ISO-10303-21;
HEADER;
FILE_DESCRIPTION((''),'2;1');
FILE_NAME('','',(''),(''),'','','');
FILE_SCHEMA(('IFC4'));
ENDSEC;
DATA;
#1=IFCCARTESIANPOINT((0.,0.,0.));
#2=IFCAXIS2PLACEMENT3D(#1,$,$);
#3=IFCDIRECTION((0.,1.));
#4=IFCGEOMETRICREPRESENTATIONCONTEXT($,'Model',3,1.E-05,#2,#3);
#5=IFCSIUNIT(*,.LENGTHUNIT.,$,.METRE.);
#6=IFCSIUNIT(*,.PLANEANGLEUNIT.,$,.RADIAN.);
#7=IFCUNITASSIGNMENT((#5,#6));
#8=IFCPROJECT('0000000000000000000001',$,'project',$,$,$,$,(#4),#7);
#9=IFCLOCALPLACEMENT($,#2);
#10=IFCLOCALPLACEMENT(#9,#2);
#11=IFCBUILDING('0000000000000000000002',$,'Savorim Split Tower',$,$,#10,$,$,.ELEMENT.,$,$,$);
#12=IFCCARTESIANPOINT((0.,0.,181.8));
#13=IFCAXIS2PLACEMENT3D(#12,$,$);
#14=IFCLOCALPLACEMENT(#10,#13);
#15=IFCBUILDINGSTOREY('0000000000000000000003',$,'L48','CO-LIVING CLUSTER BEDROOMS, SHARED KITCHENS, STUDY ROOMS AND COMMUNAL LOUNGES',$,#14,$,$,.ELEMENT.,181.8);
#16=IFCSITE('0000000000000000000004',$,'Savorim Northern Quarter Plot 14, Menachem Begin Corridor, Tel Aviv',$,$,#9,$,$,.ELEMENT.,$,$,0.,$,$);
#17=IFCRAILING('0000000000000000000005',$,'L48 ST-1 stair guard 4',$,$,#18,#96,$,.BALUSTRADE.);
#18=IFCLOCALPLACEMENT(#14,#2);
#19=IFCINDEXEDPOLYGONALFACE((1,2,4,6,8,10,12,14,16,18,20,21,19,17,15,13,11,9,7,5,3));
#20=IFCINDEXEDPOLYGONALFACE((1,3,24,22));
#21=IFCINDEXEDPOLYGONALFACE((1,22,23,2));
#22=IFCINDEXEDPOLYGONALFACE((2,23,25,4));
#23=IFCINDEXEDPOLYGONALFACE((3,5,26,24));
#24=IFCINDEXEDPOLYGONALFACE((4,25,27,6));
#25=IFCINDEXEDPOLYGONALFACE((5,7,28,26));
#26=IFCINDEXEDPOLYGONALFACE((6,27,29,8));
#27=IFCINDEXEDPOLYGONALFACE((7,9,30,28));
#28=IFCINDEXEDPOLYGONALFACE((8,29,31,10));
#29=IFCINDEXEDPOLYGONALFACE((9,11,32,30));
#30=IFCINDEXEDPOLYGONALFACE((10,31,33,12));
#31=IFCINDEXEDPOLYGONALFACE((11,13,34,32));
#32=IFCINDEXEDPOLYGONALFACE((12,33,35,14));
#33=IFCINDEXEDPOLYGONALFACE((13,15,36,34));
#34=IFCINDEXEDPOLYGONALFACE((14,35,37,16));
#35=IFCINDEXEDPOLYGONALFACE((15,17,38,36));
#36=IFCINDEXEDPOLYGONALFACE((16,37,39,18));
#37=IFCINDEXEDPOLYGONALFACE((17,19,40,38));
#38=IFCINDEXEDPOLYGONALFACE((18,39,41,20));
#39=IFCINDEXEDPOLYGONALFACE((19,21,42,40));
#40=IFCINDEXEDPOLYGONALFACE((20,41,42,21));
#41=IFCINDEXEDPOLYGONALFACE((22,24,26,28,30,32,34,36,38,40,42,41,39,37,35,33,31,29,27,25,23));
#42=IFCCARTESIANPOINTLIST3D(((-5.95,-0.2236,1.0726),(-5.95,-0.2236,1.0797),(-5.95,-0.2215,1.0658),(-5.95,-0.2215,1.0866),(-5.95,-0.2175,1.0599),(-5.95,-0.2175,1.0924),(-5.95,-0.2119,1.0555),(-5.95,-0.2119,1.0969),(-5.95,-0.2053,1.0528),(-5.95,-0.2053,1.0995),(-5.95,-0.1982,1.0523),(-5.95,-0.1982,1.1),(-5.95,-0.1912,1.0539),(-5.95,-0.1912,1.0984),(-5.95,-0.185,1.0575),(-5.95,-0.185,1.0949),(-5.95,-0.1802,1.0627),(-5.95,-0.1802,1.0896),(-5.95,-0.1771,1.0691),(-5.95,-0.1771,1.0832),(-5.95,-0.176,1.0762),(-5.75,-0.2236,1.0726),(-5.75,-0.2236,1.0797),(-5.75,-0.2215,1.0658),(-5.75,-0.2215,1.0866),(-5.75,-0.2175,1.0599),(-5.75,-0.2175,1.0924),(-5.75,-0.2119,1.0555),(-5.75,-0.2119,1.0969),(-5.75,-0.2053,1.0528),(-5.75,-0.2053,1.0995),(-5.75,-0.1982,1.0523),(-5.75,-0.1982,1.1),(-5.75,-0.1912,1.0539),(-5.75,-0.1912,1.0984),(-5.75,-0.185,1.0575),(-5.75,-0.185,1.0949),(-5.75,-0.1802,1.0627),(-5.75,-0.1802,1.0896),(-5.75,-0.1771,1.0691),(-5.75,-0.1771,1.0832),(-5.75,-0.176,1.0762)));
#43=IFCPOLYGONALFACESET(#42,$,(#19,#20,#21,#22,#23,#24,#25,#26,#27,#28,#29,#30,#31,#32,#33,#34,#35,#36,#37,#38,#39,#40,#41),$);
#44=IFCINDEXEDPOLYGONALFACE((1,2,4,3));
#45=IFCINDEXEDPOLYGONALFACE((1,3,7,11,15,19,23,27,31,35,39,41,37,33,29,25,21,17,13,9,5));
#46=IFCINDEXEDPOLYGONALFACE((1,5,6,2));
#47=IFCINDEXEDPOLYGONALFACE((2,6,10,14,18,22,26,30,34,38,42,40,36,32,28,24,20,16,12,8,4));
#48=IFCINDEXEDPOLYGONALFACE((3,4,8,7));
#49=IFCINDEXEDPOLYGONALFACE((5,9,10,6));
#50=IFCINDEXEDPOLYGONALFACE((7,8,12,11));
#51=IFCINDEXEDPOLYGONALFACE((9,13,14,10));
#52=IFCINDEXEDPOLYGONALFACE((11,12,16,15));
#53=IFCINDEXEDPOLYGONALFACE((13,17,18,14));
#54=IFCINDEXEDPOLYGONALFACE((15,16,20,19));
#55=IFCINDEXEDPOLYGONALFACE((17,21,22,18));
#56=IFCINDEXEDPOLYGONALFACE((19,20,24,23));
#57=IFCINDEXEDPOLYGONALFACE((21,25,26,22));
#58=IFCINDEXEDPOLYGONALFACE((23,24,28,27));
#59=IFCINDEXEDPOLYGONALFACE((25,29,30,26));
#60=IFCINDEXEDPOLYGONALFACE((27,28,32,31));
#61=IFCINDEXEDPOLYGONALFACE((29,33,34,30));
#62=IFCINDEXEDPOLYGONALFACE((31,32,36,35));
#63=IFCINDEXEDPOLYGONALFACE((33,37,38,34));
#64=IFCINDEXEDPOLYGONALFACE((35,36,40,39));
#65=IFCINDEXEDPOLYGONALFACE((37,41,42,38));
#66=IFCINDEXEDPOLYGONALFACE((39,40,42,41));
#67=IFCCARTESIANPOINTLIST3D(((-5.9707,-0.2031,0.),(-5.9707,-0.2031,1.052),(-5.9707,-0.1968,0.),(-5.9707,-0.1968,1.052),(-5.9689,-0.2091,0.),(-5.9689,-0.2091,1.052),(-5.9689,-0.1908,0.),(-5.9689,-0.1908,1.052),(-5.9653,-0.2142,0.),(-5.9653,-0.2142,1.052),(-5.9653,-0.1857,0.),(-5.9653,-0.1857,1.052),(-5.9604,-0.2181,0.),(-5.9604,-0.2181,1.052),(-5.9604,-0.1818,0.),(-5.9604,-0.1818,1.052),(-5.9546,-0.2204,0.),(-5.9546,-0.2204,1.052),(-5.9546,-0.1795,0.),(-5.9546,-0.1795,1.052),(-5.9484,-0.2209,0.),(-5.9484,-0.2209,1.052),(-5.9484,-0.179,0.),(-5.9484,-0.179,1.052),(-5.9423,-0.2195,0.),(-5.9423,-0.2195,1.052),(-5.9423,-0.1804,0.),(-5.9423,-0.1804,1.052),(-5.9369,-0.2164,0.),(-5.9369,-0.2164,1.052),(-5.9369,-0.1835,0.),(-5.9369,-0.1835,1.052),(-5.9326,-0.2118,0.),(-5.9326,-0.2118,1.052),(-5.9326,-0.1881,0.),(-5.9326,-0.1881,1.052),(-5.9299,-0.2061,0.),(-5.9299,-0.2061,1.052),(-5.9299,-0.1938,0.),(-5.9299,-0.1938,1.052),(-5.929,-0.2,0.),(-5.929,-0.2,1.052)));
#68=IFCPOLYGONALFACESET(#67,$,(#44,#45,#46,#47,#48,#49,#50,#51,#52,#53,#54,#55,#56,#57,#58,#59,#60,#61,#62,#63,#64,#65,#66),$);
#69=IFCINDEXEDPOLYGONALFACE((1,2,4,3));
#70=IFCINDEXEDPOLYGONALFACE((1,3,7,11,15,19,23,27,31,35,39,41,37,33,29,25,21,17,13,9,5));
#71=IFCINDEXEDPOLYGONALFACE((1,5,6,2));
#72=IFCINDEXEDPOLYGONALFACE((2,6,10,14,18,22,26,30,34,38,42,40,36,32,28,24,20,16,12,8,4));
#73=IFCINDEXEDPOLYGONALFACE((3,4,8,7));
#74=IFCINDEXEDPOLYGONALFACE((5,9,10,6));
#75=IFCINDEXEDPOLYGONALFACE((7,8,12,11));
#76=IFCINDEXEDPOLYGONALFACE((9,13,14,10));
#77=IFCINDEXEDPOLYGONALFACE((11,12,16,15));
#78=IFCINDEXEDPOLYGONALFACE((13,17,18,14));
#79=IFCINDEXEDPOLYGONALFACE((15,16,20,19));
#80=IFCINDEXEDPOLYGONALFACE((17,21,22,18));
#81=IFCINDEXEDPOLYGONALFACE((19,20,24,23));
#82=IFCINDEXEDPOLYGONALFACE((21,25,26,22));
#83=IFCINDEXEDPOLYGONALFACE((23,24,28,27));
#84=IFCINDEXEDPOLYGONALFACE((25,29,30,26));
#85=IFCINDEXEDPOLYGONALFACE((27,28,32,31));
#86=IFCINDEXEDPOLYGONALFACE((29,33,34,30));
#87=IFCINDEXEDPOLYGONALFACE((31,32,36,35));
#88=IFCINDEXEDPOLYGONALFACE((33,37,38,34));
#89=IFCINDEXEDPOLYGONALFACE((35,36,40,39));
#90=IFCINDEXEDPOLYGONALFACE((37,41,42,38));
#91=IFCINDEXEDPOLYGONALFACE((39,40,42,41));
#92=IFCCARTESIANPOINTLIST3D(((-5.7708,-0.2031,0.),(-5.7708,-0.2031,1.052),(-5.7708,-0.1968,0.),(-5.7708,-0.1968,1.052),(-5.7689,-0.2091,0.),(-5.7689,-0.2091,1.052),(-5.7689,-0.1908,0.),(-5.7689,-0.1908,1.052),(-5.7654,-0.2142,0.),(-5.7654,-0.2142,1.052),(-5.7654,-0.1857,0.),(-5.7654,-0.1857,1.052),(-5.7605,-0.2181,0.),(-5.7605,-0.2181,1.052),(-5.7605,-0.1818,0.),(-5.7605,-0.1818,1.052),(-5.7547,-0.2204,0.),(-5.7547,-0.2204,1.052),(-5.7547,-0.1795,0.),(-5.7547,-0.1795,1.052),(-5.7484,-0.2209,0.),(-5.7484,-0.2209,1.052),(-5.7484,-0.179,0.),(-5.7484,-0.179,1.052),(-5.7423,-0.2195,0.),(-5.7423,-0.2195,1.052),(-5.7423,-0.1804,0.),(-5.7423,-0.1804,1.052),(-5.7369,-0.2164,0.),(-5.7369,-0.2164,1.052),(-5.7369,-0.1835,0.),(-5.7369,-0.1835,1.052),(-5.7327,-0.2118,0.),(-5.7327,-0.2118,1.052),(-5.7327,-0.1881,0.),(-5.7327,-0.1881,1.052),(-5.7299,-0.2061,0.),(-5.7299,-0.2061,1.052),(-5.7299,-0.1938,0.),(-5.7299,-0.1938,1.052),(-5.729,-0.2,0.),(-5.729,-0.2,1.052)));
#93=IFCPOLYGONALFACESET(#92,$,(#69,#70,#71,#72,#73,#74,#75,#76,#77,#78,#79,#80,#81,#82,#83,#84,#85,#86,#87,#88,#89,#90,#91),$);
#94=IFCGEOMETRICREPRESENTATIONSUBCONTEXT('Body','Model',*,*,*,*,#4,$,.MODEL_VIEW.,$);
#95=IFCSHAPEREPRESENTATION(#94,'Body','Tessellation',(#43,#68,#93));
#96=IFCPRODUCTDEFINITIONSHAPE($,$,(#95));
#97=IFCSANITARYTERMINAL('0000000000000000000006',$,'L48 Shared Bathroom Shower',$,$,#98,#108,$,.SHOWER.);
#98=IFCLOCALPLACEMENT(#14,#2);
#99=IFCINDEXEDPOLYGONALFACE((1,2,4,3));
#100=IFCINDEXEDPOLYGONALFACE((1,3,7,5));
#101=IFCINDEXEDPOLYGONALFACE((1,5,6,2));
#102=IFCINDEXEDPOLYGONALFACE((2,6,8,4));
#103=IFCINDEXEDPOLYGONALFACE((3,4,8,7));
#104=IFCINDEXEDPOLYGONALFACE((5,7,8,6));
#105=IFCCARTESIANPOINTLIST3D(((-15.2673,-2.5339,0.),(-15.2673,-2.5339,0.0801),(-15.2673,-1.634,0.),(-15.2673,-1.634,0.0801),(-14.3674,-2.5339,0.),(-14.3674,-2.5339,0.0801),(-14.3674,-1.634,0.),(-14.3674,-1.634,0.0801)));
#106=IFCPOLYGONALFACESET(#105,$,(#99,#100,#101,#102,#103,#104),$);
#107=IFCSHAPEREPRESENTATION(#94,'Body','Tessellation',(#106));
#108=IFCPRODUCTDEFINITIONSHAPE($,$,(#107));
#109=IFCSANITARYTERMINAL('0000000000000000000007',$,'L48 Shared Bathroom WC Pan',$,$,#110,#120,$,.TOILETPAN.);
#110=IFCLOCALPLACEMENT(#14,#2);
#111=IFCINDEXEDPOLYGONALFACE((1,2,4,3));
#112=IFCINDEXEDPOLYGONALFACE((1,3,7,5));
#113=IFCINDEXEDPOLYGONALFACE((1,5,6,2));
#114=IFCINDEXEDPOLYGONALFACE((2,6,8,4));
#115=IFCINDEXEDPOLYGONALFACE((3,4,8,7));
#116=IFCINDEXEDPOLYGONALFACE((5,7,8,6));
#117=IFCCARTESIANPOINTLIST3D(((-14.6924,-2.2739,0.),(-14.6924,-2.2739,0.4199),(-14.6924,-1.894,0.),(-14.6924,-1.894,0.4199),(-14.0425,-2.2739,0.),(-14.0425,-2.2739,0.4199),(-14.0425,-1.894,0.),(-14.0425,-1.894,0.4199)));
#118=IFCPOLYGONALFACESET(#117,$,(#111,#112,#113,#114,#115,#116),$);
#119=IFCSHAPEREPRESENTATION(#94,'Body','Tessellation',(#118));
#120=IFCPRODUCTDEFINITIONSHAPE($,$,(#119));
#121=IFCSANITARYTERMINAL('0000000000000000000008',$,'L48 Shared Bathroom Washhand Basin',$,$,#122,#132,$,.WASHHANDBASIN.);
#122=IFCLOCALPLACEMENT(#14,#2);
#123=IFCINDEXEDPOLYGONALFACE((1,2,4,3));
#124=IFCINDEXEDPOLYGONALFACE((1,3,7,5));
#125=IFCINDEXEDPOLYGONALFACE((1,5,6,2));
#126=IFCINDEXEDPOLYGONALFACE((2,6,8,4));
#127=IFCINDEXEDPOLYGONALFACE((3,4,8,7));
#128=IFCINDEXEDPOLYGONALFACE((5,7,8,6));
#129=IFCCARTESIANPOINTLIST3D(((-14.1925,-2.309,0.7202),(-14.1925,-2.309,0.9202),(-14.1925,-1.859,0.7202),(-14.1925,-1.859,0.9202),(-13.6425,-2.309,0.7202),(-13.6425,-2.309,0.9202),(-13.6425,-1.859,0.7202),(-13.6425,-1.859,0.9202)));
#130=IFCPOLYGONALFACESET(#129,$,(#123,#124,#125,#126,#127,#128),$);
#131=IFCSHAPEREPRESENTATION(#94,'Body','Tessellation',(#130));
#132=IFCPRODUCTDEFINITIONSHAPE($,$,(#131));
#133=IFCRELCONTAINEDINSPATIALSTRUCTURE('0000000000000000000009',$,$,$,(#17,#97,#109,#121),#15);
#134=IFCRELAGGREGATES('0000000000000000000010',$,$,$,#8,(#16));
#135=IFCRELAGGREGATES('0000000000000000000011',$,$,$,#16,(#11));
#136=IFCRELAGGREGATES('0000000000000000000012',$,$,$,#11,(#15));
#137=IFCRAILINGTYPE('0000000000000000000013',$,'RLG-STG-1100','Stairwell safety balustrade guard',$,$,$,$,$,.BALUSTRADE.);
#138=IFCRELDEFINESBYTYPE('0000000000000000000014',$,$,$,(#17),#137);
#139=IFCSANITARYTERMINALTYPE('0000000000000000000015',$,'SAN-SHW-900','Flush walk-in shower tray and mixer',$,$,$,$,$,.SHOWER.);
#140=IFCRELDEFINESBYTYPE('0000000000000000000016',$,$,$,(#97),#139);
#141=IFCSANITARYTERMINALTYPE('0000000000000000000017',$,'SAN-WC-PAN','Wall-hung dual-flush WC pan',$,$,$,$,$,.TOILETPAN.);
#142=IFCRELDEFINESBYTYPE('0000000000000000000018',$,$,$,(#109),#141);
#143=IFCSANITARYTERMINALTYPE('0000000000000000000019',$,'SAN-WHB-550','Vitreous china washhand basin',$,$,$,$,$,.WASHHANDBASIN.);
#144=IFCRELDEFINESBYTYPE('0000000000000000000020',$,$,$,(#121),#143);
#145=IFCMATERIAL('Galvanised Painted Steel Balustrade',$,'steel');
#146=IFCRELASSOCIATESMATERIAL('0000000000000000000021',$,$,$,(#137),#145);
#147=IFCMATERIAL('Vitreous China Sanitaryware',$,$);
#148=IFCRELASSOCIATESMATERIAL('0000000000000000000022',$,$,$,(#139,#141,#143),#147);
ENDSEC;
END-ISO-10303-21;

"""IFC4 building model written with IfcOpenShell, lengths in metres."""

from ifc_helpers import new_model, si_unit, direction, frame, origin, origin_2d, place, context, subcontext, project, spatial, rectangle, circle, extrude, material, type_object, element, save


model = new_model("IFC4")

# Units and contexts
model_context = context("Model", 3, precision=1e-05, world=origin(), true_north=direction((0.0, 1.0)))
body_context = subcontext(model_context, "Body", "Model", "MODEL_VIEW")
ifc_project = project(units=[si_unit("LENGTHUNIT", "METRE"), si_unit("PLANEANGLEUNIT", "RADIAN")], contexts=[model_context])

# Site, building, storey
site_placement = place(None, origin())
site = spatial("IfcSite", under=ifc_project, at=site_placement, Name="Savorim Northern Quarter Plot 14, Menachem Begin Corridor, Tel Aviv", CompositionType="ELEMENT", RefElevation=0.0)
building_placement = place(site_placement, origin())
building = spatial("IfcBuilding", under=site, at=building_placement, Name="Savorim Split Tower", CompositionType="ELEMENT")
storey_placement = place(building_placement, frame((0.0, 0.0, 181.8)))
storey = spatial("IfcBuildingStorey", under=building, at=storey_placement, Name="L48", Description="CO-LIVING CLUSTER BEDROOMS, SHARED KITCHENS, STUDY ROOMS AND COMMUNAL LOUNGES", CompositionType="ELEMENT", Elevation=181.8)

# Railing
ifc_material_1 = material(Name="Galvanised Painted Steel Balustrade", Category="steel")
railing_type_1 = type_object("IfcRailingType", Name="RLG-STG-1100", Description="Stairwell safety balustrade guard", PredefinedType="BALUSTRADE", material=ifc_material_1)
railing_1_placement = place(storey_placement, frame((-5.95, -0.2, 0.0)))
element("IfcRailing", 1, at=railing_1_placement, inside=storey, type_object=railing_type_1, Name="L48 ST-1 stair guard 4", PredefinedType="BALUSTRADE", context=body_context, shape_type="SweptSolid", body=[
    extrude(circle(Radius=0.0239, at=origin_2d()), frame((0.0, 0.0, 1.0762), z_axis=(1.0, 0.0, 0.0), x_axis=(0.0, 1.0, 0.0)), (0.0, 0.0, 1.0), 0.2),
    extrude(circle(Radius=0.021, at=origin_2d()), origin(), (0.0, 0.0, 1.0), 1.052),
    extrude(circle(Radius=0.021, at=origin_2d()), frame((0.2, 0.0, 0.0)), (0.0, 0.0, 1.0), 1.052),
])

# Sanitary terminals
ifc_material_2 = material(Name="Vitreous China Sanitaryware")
sanitary_terminal_type_1 = type_object("IfcSanitaryTerminalType", Name="SAN-SHW-900", Description="Flush walk-in shower tray and mixer", PredefinedType="SHOWER", material=ifc_material_2)
sanitary_terminal_1_placement = place(storey_placement, frame((-14.8174, -2.084, 0.0), z_axis=(0.0, 0.0, 1.0), x_axis=(1.0, 0.0, 0.0)))
element("IfcSanitaryTerminal", 2, at=sanitary_terminal_1_placement, inside=storey, type_object=sanitary_terminal_type_1, Name="L48 Shared Bathroom Shower", PredefinedType="SHOWER", context=body_context, shape_type="SweptSolid", body=[
    extrude(rectangle(XDim=0.8999, YDim=0.8999, at=origin_2d()), origin(), (0.0, 0.0, 1.0), 0.0801),
])
sanitary_terminal_type_2 = type_object("IfcSanitaryTerminalType", Name="SAN-WC-PAN", Description="Wall-hung dual-flush WC pan", PredefinedType="TOILETPAN", material=ifc_material_2)
sanitary_terminal_2_placement = place(storey_placement, frame((-14.3674, -2.084, 0.0), z_axis=(0.0, 0.0, 1.0), x_axis=(1.0, 0.0, 0.0)))
element("IfcSanitaryTerminal", 3, at=sanitary_terminal_2_placement, inside=storey, type_object=sanitary_terminal_type_2, Name="L48 Shared Bathroom WC Pan", PredefinedType="TOILETPAN", context=body_context, shape_type="SweptSolid", body=[
    extrude(rectangle(XDim=0.6499, YDim=0.3799, at=origin_2d()), origin(), (0.0, 0.0, 1.0), 0.4199),
])
sanitary_terminal_type_3 = type_object("IfcSanitaryTerminalType", Name="SAN-WHB-550", Description="Vitreous china washhand basin", PredefinedType="WASHHANDBASIN", material=ifc_material_2)
sanitary_terminal_3_placement = place(storey_placement, frame((-13.9175, -2.084, 0.7202), z_axis=(0.0, 0.0, 1.0), x_axis=(1.0, 0.0, 0.0)))
element("IfcSanitaryTerminal", 4, at=sanitary_terminal_3_placement, inside=storey, type_object=sanitary_terminal_type_3, Name="L48 Shared Bathroom Washhand Basin", PredefinedType="WASHHANDBASIN", context=body_context, shape_type="SweptSolid", body=[
    extrude(rectangle(XDim=0.55, YDim=0.45, at=origin_2d()), origin(), (0.0, 0.0, 1.0), 0.2),
])

save(model, "model.ifc")
